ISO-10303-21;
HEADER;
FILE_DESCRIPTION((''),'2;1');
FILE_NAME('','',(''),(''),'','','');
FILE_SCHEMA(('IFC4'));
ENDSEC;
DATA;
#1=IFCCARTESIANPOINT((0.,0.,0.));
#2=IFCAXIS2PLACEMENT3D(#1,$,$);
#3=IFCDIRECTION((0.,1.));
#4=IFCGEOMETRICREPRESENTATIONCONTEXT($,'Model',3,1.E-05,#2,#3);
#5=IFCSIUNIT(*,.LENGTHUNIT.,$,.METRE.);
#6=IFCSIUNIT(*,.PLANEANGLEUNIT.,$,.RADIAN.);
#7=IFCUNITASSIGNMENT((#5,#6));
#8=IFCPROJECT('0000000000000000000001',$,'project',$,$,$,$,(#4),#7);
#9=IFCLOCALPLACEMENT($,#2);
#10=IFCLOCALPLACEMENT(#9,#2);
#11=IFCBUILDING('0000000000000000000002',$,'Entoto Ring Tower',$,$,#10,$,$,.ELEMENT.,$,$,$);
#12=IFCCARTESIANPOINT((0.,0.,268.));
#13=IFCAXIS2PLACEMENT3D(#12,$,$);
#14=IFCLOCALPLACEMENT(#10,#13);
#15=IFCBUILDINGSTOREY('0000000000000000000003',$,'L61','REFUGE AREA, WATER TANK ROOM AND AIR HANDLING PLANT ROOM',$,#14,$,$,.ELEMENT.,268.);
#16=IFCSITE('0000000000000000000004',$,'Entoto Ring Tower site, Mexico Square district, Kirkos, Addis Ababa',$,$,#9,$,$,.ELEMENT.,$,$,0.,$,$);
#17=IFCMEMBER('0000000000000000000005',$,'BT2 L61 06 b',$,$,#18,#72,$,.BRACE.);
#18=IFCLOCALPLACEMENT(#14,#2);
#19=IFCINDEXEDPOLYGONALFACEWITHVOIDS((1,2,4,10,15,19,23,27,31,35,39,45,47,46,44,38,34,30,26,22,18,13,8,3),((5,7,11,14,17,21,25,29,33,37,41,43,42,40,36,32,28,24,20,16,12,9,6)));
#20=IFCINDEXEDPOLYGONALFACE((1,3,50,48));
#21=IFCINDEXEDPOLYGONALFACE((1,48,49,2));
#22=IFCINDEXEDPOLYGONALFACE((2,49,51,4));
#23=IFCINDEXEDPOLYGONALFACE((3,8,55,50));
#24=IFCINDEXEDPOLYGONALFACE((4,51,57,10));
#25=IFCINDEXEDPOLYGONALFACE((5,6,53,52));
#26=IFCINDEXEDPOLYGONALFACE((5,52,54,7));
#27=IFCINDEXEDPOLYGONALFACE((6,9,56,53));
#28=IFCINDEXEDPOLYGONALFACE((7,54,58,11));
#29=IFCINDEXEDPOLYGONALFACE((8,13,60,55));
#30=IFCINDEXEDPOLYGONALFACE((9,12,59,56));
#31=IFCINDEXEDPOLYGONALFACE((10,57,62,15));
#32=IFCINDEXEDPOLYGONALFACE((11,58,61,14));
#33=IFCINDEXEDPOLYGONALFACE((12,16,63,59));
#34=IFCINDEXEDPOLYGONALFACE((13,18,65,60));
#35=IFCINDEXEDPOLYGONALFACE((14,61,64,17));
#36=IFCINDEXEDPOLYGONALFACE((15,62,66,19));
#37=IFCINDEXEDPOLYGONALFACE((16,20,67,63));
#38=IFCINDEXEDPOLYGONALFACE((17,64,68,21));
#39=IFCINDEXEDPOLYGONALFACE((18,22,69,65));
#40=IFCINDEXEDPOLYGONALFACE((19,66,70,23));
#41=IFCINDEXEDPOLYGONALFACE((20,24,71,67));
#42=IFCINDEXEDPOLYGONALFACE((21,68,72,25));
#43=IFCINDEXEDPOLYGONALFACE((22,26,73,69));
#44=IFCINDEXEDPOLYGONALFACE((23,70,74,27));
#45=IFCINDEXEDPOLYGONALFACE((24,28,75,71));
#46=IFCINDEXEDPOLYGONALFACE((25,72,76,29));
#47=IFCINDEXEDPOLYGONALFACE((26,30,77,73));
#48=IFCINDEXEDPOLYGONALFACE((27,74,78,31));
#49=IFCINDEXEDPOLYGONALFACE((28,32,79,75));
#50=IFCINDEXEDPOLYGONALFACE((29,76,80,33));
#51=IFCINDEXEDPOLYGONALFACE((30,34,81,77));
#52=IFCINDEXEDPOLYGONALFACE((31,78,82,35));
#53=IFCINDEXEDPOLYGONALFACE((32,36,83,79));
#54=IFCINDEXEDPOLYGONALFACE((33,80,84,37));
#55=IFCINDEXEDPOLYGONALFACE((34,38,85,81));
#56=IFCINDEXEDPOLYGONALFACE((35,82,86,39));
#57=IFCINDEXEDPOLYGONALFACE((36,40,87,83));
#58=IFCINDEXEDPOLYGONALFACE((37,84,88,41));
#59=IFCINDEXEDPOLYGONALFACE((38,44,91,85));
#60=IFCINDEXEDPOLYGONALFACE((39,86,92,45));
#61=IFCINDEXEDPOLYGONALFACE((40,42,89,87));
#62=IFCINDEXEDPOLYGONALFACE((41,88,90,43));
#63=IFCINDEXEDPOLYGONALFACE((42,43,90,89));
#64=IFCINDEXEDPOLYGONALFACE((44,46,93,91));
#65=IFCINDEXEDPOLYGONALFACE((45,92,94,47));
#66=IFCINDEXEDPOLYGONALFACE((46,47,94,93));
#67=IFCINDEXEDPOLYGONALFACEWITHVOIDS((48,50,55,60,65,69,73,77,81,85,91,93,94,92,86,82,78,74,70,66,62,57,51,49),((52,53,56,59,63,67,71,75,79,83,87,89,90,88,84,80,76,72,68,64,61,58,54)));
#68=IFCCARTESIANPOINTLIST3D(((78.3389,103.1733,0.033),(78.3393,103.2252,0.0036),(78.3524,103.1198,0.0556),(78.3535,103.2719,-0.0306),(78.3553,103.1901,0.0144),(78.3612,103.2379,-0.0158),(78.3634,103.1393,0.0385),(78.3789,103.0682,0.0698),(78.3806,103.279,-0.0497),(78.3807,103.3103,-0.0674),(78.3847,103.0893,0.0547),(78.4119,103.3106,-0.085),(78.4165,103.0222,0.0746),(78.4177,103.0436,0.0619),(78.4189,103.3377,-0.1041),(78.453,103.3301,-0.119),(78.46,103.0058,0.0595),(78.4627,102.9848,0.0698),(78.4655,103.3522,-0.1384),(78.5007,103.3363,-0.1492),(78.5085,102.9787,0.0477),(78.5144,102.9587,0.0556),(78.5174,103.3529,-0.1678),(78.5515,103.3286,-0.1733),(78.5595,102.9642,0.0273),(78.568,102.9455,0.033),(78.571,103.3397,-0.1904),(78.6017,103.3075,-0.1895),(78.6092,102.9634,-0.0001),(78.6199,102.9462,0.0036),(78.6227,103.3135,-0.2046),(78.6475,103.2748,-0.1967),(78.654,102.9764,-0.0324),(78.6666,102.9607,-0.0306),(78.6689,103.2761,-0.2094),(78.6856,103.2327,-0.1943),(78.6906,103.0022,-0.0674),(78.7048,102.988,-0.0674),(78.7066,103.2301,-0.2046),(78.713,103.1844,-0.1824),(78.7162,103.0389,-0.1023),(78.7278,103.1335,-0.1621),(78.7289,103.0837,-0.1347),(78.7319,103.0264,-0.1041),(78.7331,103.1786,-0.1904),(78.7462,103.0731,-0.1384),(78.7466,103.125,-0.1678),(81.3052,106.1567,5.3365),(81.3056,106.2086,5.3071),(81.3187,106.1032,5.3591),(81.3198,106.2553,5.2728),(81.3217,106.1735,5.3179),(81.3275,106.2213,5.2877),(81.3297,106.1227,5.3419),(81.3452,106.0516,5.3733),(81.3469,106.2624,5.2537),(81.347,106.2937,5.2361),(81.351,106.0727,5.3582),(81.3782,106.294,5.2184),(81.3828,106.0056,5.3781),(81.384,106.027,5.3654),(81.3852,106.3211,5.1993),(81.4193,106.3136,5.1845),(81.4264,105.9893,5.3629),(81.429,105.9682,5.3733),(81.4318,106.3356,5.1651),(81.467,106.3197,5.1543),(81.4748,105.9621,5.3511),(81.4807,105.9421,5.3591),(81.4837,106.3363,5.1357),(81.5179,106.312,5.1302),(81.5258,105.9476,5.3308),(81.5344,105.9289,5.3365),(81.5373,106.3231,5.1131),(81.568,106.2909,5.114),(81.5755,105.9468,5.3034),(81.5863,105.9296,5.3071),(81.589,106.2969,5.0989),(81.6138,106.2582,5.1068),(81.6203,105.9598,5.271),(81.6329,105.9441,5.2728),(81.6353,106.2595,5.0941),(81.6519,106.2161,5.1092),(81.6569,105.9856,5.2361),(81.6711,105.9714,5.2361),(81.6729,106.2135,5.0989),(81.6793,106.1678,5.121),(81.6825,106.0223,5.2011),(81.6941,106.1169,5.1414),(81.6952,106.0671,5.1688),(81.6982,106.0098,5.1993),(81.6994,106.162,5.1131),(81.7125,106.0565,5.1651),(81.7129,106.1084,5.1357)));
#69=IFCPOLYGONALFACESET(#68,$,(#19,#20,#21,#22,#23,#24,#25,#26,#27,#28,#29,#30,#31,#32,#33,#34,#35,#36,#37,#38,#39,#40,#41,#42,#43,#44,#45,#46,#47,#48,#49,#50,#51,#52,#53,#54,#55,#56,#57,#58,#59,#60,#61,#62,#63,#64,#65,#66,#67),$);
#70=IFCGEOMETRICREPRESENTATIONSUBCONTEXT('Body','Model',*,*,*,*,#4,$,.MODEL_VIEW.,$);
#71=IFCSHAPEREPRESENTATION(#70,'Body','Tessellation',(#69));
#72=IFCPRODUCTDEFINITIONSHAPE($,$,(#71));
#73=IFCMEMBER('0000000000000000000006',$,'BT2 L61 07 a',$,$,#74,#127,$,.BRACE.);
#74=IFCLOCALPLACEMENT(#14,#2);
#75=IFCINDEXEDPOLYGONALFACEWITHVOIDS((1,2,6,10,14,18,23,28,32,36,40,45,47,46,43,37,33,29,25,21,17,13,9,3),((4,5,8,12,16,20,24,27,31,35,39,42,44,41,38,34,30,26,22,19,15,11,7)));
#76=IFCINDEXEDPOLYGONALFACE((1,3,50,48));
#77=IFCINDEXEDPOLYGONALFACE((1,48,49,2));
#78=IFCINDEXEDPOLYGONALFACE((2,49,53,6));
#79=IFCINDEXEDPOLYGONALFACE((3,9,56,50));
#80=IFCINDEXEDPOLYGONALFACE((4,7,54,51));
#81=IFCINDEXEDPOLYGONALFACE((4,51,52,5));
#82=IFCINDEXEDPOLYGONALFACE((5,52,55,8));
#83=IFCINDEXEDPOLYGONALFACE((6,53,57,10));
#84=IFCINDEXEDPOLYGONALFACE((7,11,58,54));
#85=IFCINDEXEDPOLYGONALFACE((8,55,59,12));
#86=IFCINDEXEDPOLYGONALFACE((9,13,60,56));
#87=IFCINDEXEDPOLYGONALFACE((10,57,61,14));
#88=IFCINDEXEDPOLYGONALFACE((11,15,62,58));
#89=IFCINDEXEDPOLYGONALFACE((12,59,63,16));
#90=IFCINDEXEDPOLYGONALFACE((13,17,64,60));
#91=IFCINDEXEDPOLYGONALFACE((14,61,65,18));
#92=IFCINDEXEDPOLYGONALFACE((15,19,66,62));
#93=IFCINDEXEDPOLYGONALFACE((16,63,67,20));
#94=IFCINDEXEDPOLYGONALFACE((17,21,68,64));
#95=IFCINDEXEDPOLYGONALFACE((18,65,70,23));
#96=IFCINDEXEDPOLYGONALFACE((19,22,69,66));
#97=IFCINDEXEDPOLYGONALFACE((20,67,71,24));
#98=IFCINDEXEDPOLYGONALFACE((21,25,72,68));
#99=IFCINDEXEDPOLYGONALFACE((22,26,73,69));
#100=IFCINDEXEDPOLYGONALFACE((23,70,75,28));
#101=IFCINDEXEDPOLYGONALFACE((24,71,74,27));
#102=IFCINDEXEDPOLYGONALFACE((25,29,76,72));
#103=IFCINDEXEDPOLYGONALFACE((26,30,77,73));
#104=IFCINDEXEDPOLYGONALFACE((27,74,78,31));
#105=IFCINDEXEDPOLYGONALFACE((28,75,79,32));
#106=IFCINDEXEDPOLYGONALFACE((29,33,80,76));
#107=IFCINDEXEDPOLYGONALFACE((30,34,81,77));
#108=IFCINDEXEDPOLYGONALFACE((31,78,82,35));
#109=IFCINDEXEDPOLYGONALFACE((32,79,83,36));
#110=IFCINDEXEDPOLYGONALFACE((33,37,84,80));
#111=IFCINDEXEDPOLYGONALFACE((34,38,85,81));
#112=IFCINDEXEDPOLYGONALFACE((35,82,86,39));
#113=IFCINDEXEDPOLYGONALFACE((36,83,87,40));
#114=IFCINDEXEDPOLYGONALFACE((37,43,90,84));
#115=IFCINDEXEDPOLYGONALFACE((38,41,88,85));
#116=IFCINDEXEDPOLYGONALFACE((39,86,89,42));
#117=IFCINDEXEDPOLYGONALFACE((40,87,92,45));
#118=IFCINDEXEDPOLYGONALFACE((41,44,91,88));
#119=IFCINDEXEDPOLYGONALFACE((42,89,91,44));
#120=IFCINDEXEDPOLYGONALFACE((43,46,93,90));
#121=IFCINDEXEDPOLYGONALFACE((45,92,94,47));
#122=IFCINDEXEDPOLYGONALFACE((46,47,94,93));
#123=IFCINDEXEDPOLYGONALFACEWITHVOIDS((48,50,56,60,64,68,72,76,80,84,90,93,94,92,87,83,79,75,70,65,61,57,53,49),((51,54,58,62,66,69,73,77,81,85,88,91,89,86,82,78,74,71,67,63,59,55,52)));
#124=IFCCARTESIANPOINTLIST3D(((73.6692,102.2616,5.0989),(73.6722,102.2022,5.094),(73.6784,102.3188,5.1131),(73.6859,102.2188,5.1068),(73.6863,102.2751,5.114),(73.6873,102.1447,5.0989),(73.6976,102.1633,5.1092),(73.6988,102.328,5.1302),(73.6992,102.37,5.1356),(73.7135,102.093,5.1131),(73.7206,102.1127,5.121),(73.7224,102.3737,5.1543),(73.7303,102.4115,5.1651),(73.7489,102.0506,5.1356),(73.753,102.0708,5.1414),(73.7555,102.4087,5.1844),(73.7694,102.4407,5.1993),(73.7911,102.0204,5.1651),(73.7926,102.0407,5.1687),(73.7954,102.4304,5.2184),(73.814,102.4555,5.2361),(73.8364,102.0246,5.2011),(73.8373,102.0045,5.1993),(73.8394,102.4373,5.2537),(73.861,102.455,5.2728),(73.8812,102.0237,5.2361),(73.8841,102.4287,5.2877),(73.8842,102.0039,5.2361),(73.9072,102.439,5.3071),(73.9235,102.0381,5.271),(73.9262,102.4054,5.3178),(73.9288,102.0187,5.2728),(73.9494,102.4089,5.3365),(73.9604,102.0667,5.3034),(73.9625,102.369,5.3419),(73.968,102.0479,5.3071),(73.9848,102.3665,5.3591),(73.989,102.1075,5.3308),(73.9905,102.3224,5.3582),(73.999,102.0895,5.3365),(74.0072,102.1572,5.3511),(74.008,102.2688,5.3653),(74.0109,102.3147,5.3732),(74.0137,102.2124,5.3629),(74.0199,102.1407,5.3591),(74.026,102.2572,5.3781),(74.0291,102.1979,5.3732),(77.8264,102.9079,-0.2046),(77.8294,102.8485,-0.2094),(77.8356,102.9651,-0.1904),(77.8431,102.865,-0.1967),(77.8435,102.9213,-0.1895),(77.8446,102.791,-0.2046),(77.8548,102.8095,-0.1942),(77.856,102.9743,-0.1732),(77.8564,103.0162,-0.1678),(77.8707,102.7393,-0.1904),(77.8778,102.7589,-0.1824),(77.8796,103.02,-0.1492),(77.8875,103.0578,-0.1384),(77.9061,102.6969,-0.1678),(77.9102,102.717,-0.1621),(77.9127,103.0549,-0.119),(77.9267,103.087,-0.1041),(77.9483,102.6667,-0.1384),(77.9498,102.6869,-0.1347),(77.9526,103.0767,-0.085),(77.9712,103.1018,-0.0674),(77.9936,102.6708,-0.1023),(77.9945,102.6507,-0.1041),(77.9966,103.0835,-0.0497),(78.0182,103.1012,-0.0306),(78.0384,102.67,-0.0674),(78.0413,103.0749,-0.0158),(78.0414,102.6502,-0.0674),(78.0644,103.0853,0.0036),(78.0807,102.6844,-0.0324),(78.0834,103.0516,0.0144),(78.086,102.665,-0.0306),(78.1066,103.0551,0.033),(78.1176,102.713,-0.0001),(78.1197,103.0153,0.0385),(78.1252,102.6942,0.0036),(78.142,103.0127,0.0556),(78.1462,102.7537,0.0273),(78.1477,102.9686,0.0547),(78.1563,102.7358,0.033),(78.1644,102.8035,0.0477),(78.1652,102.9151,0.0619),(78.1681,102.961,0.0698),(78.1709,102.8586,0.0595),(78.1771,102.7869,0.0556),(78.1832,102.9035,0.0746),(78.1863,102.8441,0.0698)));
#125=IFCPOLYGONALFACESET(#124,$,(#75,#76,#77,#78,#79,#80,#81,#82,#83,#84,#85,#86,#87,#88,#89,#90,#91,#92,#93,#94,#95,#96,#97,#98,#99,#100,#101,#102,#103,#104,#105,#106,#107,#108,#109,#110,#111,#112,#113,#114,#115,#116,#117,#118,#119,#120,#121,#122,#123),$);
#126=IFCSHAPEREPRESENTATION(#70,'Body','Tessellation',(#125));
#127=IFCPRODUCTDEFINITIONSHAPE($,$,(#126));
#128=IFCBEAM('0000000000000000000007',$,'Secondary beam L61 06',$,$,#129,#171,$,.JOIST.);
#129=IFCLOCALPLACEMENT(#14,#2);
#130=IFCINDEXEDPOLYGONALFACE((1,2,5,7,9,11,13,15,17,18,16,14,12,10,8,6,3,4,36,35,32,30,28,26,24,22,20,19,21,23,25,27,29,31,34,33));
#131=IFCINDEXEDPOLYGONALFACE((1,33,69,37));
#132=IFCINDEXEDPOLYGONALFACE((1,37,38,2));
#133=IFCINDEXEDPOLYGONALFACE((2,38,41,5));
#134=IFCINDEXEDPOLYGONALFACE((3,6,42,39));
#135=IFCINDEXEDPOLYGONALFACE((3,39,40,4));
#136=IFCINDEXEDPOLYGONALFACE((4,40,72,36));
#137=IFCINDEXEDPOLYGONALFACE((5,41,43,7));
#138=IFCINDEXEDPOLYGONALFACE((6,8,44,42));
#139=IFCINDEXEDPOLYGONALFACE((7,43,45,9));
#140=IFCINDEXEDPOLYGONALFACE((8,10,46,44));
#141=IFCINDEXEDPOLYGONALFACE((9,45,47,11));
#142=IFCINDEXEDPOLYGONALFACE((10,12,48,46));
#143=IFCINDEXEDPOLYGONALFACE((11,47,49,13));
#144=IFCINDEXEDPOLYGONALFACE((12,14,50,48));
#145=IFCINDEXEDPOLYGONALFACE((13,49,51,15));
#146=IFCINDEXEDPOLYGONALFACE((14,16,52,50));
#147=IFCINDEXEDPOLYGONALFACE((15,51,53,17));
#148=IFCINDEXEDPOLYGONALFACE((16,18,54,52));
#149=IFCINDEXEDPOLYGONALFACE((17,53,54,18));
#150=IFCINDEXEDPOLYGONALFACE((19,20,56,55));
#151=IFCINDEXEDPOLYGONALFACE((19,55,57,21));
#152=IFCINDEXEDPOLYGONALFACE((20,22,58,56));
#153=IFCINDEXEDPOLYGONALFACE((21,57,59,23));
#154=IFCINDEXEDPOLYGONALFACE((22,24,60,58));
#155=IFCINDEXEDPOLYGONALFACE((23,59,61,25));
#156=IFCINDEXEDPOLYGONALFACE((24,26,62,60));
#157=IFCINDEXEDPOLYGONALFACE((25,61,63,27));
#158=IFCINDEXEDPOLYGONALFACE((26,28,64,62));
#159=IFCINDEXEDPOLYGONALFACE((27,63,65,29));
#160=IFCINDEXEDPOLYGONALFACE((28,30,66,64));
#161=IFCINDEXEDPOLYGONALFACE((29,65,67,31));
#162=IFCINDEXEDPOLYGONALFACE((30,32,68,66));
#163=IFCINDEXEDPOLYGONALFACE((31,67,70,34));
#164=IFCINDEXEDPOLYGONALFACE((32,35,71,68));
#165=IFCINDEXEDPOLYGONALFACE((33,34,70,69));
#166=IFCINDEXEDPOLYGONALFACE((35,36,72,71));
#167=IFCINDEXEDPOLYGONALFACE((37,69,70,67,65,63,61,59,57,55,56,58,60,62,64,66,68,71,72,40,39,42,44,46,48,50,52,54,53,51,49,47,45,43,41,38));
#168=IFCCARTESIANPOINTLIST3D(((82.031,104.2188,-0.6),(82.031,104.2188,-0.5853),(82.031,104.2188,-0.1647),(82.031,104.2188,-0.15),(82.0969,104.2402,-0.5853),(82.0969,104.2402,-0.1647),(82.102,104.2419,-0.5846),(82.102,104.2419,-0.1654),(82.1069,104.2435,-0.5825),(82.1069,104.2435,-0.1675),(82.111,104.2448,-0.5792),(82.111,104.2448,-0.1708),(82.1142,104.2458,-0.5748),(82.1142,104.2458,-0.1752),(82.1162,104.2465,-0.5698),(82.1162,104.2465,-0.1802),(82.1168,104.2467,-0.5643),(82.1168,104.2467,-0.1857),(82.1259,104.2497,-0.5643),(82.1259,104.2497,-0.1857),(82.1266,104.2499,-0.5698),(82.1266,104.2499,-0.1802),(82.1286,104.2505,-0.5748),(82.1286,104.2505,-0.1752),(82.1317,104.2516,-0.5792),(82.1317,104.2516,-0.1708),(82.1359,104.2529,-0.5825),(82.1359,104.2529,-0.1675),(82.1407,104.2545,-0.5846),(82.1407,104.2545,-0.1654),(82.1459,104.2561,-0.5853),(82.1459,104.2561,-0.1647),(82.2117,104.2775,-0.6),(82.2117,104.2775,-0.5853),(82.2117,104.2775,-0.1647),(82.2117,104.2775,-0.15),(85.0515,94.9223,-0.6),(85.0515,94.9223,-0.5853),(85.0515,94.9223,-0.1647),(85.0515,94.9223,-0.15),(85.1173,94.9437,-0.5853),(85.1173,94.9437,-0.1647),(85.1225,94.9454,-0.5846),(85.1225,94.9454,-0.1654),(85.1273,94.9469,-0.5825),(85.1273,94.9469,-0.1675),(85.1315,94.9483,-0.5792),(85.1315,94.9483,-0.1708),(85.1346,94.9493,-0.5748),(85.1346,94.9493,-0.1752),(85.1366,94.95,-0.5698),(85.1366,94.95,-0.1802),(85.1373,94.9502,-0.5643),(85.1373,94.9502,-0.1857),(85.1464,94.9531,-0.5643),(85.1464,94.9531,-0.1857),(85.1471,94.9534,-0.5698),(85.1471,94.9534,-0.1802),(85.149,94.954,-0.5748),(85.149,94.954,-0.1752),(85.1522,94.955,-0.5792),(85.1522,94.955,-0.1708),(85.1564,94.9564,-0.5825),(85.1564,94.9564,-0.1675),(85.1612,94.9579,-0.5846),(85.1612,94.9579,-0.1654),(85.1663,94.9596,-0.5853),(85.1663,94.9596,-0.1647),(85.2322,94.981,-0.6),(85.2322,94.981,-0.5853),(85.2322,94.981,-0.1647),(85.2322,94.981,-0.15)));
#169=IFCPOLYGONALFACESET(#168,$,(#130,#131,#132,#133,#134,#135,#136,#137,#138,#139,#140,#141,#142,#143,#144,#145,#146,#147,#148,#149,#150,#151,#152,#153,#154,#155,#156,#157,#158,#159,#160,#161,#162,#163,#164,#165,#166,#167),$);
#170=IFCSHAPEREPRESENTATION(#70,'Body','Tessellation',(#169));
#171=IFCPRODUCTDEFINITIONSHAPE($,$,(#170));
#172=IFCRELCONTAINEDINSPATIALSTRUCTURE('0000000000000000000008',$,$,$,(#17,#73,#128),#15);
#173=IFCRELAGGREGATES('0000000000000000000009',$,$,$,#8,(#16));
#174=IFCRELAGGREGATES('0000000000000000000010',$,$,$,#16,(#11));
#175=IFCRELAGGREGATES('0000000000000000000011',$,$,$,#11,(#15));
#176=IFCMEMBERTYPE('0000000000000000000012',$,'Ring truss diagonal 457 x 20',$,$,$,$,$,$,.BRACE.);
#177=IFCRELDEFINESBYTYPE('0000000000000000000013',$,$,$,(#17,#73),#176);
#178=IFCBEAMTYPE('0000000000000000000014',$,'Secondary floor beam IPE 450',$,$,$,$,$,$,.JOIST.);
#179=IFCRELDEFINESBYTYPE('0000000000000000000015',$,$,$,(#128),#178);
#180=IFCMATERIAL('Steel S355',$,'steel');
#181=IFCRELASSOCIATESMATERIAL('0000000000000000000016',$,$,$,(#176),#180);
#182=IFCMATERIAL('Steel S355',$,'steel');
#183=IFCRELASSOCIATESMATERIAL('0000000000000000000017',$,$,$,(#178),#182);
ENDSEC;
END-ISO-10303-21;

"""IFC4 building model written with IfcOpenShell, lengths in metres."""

from ifc_helpers import new_model, si_unit, direction, frame, origin, origin_2d, place, context, subcontext, project, spatial, circle, hollow_circle, i_section, extrude, material, material_profile, profile_set, type_object, element, save


model = new_model("IFC4")

# Units and contexts
model_context = context("Model", 3, precision=1e-05, world=origin(), true_north=direction((0.0, 1.0)))
body_context = subcontext(model_context, "Body", "Model", "MODEL_VIEW")
ifc_project = project(units=[si_unit("LENGTHUNIT", "METRE"), si_unit("PLANEANGLEUNIT", "RADIAN")], contexts=[model_context])

# Site, building, storey
site_placement = place(None, origin())
site = spatial("IfcSite", under=ifc_project, at=site_placement, Name="Entoto Ring Tower site, Mexico Square district, Kirkos, Addis Ababa", CompositionType="ELEMENT", RefElevation=0.0)
building_placement = place(site_placement, origin())
building = spatial("IfcBuilding", under=site, at=building_placement, Name="Entoto Ring Tower", CompositionType="ELEMENT")
storey_placement = place(building_placement, frame((0.0, 0.0, 268.0)))
storey = spatial("IfcBuildingStorey", under=building, at=storey_placement, Name="L61", Description="REFUGE AREA, WATER TANK ROOM AND AIR HANDLING PLANT ROOM", CompositionType="ELEMENT", Elevation=268.0)

# Members
ifc_material_1 = material(Name="Steel S355", Category="steel")
ifc_material_profile_1 = material_profile(ifc_material_1, hollow_circle(Radius=0.2285, WallThickness=0.02, at=origin_2d()), Name="CHS 457 x 20")
ifc_material_2 = material(Name="Concrete C60/75", Category="concrete")
ifc_material_profile_2 = material_profile(ifc_material_2, circle(Radius=0.2085, at=origin_2d()), Name="Concrete C60/75 infill")
ifc_profile_set_1 = profile_set([ifc_material_profile_1, ifc_material_profile_2], Name="Steel S355")
member_type_1 = type_object("IfcMemberType", Name="Ring truss diagonal 457 x 20", PredefinedType="BRACE", material=ifc_profile_set_1)
for number, where, z_axis, x_axis, name in (
    (1, (81.509, 106.1326, 5.2361), (-0.438186, -0.44071, -0.783433), (0.709135, -0.705073, 0.0), "BT2 L61 06 b"),
    (2, (78.0063, 102.876, -0.0674), (-0.614106, -0.095463, 0.783429), (0.153605, -0.988132, 0.0), "BT2 L61 07 a"),
):
    element("IfcMember", number, at=place(storey_placement, frame(where, z_axis=z_axis, x_axis=x_axis)), inside=storey, type_object=member_type_1, Name=name, PredefinedType="BRACE", context=body_context, shape_type="SweptSolid", body=[
        extrude(hollow_circle(Radius=0.2285, WallThickness=0.02, at=origin_2d()), origin(), (0.0, 0.0, 1.0), 6.7695),
    ])

# Beam
ifc_material_3 = material(Name="Steel S355", Category="steel")
ifc_material_profile_3 = material_profile(ifc_material_3, i_section(OverallWidth=0.1899, OverallDepth=0.45, WebThickness=0.0095, FlangeThickness=0.0146, FilletRadius=0.021, at=origin_2d()), Name="IPE 450")
ifc_profile_set_2 = profile_set([ifc_material_profile_3], Name="Steel S355")
beam_type_1 = type_object("IfcBeamType", Name="Secondary floor beam IPE 450", PredefinedType="JOIST", material=ifc_profile_set_2)
beam_1_placement = place(storey_placement, frame((85.1418, 94.9517, -0.375), z_axis=(-0.309003, 0.951061, 0.0), x_axis=(-0.951061, -0.309003, 0.0)))
element("IfcBeam", 3, at=beam_1_placement, inside=storey, type_object=beam_type_1, Name="Secondary beam L61 06", PredefinedType="JOIST", context=body_context, shape_type="SweptSolid", body=[
    extrude(i_section(OverallWidth=0.1899, OverallDepth=0.45, WebThickness=0.0095, FlangeThickness=0.0146, FilletRadius=0.021, at=origin_2d()), origin(), (0.0, 0.0, 1.0), 9.7749),
])

save(model, "model.ifc")
